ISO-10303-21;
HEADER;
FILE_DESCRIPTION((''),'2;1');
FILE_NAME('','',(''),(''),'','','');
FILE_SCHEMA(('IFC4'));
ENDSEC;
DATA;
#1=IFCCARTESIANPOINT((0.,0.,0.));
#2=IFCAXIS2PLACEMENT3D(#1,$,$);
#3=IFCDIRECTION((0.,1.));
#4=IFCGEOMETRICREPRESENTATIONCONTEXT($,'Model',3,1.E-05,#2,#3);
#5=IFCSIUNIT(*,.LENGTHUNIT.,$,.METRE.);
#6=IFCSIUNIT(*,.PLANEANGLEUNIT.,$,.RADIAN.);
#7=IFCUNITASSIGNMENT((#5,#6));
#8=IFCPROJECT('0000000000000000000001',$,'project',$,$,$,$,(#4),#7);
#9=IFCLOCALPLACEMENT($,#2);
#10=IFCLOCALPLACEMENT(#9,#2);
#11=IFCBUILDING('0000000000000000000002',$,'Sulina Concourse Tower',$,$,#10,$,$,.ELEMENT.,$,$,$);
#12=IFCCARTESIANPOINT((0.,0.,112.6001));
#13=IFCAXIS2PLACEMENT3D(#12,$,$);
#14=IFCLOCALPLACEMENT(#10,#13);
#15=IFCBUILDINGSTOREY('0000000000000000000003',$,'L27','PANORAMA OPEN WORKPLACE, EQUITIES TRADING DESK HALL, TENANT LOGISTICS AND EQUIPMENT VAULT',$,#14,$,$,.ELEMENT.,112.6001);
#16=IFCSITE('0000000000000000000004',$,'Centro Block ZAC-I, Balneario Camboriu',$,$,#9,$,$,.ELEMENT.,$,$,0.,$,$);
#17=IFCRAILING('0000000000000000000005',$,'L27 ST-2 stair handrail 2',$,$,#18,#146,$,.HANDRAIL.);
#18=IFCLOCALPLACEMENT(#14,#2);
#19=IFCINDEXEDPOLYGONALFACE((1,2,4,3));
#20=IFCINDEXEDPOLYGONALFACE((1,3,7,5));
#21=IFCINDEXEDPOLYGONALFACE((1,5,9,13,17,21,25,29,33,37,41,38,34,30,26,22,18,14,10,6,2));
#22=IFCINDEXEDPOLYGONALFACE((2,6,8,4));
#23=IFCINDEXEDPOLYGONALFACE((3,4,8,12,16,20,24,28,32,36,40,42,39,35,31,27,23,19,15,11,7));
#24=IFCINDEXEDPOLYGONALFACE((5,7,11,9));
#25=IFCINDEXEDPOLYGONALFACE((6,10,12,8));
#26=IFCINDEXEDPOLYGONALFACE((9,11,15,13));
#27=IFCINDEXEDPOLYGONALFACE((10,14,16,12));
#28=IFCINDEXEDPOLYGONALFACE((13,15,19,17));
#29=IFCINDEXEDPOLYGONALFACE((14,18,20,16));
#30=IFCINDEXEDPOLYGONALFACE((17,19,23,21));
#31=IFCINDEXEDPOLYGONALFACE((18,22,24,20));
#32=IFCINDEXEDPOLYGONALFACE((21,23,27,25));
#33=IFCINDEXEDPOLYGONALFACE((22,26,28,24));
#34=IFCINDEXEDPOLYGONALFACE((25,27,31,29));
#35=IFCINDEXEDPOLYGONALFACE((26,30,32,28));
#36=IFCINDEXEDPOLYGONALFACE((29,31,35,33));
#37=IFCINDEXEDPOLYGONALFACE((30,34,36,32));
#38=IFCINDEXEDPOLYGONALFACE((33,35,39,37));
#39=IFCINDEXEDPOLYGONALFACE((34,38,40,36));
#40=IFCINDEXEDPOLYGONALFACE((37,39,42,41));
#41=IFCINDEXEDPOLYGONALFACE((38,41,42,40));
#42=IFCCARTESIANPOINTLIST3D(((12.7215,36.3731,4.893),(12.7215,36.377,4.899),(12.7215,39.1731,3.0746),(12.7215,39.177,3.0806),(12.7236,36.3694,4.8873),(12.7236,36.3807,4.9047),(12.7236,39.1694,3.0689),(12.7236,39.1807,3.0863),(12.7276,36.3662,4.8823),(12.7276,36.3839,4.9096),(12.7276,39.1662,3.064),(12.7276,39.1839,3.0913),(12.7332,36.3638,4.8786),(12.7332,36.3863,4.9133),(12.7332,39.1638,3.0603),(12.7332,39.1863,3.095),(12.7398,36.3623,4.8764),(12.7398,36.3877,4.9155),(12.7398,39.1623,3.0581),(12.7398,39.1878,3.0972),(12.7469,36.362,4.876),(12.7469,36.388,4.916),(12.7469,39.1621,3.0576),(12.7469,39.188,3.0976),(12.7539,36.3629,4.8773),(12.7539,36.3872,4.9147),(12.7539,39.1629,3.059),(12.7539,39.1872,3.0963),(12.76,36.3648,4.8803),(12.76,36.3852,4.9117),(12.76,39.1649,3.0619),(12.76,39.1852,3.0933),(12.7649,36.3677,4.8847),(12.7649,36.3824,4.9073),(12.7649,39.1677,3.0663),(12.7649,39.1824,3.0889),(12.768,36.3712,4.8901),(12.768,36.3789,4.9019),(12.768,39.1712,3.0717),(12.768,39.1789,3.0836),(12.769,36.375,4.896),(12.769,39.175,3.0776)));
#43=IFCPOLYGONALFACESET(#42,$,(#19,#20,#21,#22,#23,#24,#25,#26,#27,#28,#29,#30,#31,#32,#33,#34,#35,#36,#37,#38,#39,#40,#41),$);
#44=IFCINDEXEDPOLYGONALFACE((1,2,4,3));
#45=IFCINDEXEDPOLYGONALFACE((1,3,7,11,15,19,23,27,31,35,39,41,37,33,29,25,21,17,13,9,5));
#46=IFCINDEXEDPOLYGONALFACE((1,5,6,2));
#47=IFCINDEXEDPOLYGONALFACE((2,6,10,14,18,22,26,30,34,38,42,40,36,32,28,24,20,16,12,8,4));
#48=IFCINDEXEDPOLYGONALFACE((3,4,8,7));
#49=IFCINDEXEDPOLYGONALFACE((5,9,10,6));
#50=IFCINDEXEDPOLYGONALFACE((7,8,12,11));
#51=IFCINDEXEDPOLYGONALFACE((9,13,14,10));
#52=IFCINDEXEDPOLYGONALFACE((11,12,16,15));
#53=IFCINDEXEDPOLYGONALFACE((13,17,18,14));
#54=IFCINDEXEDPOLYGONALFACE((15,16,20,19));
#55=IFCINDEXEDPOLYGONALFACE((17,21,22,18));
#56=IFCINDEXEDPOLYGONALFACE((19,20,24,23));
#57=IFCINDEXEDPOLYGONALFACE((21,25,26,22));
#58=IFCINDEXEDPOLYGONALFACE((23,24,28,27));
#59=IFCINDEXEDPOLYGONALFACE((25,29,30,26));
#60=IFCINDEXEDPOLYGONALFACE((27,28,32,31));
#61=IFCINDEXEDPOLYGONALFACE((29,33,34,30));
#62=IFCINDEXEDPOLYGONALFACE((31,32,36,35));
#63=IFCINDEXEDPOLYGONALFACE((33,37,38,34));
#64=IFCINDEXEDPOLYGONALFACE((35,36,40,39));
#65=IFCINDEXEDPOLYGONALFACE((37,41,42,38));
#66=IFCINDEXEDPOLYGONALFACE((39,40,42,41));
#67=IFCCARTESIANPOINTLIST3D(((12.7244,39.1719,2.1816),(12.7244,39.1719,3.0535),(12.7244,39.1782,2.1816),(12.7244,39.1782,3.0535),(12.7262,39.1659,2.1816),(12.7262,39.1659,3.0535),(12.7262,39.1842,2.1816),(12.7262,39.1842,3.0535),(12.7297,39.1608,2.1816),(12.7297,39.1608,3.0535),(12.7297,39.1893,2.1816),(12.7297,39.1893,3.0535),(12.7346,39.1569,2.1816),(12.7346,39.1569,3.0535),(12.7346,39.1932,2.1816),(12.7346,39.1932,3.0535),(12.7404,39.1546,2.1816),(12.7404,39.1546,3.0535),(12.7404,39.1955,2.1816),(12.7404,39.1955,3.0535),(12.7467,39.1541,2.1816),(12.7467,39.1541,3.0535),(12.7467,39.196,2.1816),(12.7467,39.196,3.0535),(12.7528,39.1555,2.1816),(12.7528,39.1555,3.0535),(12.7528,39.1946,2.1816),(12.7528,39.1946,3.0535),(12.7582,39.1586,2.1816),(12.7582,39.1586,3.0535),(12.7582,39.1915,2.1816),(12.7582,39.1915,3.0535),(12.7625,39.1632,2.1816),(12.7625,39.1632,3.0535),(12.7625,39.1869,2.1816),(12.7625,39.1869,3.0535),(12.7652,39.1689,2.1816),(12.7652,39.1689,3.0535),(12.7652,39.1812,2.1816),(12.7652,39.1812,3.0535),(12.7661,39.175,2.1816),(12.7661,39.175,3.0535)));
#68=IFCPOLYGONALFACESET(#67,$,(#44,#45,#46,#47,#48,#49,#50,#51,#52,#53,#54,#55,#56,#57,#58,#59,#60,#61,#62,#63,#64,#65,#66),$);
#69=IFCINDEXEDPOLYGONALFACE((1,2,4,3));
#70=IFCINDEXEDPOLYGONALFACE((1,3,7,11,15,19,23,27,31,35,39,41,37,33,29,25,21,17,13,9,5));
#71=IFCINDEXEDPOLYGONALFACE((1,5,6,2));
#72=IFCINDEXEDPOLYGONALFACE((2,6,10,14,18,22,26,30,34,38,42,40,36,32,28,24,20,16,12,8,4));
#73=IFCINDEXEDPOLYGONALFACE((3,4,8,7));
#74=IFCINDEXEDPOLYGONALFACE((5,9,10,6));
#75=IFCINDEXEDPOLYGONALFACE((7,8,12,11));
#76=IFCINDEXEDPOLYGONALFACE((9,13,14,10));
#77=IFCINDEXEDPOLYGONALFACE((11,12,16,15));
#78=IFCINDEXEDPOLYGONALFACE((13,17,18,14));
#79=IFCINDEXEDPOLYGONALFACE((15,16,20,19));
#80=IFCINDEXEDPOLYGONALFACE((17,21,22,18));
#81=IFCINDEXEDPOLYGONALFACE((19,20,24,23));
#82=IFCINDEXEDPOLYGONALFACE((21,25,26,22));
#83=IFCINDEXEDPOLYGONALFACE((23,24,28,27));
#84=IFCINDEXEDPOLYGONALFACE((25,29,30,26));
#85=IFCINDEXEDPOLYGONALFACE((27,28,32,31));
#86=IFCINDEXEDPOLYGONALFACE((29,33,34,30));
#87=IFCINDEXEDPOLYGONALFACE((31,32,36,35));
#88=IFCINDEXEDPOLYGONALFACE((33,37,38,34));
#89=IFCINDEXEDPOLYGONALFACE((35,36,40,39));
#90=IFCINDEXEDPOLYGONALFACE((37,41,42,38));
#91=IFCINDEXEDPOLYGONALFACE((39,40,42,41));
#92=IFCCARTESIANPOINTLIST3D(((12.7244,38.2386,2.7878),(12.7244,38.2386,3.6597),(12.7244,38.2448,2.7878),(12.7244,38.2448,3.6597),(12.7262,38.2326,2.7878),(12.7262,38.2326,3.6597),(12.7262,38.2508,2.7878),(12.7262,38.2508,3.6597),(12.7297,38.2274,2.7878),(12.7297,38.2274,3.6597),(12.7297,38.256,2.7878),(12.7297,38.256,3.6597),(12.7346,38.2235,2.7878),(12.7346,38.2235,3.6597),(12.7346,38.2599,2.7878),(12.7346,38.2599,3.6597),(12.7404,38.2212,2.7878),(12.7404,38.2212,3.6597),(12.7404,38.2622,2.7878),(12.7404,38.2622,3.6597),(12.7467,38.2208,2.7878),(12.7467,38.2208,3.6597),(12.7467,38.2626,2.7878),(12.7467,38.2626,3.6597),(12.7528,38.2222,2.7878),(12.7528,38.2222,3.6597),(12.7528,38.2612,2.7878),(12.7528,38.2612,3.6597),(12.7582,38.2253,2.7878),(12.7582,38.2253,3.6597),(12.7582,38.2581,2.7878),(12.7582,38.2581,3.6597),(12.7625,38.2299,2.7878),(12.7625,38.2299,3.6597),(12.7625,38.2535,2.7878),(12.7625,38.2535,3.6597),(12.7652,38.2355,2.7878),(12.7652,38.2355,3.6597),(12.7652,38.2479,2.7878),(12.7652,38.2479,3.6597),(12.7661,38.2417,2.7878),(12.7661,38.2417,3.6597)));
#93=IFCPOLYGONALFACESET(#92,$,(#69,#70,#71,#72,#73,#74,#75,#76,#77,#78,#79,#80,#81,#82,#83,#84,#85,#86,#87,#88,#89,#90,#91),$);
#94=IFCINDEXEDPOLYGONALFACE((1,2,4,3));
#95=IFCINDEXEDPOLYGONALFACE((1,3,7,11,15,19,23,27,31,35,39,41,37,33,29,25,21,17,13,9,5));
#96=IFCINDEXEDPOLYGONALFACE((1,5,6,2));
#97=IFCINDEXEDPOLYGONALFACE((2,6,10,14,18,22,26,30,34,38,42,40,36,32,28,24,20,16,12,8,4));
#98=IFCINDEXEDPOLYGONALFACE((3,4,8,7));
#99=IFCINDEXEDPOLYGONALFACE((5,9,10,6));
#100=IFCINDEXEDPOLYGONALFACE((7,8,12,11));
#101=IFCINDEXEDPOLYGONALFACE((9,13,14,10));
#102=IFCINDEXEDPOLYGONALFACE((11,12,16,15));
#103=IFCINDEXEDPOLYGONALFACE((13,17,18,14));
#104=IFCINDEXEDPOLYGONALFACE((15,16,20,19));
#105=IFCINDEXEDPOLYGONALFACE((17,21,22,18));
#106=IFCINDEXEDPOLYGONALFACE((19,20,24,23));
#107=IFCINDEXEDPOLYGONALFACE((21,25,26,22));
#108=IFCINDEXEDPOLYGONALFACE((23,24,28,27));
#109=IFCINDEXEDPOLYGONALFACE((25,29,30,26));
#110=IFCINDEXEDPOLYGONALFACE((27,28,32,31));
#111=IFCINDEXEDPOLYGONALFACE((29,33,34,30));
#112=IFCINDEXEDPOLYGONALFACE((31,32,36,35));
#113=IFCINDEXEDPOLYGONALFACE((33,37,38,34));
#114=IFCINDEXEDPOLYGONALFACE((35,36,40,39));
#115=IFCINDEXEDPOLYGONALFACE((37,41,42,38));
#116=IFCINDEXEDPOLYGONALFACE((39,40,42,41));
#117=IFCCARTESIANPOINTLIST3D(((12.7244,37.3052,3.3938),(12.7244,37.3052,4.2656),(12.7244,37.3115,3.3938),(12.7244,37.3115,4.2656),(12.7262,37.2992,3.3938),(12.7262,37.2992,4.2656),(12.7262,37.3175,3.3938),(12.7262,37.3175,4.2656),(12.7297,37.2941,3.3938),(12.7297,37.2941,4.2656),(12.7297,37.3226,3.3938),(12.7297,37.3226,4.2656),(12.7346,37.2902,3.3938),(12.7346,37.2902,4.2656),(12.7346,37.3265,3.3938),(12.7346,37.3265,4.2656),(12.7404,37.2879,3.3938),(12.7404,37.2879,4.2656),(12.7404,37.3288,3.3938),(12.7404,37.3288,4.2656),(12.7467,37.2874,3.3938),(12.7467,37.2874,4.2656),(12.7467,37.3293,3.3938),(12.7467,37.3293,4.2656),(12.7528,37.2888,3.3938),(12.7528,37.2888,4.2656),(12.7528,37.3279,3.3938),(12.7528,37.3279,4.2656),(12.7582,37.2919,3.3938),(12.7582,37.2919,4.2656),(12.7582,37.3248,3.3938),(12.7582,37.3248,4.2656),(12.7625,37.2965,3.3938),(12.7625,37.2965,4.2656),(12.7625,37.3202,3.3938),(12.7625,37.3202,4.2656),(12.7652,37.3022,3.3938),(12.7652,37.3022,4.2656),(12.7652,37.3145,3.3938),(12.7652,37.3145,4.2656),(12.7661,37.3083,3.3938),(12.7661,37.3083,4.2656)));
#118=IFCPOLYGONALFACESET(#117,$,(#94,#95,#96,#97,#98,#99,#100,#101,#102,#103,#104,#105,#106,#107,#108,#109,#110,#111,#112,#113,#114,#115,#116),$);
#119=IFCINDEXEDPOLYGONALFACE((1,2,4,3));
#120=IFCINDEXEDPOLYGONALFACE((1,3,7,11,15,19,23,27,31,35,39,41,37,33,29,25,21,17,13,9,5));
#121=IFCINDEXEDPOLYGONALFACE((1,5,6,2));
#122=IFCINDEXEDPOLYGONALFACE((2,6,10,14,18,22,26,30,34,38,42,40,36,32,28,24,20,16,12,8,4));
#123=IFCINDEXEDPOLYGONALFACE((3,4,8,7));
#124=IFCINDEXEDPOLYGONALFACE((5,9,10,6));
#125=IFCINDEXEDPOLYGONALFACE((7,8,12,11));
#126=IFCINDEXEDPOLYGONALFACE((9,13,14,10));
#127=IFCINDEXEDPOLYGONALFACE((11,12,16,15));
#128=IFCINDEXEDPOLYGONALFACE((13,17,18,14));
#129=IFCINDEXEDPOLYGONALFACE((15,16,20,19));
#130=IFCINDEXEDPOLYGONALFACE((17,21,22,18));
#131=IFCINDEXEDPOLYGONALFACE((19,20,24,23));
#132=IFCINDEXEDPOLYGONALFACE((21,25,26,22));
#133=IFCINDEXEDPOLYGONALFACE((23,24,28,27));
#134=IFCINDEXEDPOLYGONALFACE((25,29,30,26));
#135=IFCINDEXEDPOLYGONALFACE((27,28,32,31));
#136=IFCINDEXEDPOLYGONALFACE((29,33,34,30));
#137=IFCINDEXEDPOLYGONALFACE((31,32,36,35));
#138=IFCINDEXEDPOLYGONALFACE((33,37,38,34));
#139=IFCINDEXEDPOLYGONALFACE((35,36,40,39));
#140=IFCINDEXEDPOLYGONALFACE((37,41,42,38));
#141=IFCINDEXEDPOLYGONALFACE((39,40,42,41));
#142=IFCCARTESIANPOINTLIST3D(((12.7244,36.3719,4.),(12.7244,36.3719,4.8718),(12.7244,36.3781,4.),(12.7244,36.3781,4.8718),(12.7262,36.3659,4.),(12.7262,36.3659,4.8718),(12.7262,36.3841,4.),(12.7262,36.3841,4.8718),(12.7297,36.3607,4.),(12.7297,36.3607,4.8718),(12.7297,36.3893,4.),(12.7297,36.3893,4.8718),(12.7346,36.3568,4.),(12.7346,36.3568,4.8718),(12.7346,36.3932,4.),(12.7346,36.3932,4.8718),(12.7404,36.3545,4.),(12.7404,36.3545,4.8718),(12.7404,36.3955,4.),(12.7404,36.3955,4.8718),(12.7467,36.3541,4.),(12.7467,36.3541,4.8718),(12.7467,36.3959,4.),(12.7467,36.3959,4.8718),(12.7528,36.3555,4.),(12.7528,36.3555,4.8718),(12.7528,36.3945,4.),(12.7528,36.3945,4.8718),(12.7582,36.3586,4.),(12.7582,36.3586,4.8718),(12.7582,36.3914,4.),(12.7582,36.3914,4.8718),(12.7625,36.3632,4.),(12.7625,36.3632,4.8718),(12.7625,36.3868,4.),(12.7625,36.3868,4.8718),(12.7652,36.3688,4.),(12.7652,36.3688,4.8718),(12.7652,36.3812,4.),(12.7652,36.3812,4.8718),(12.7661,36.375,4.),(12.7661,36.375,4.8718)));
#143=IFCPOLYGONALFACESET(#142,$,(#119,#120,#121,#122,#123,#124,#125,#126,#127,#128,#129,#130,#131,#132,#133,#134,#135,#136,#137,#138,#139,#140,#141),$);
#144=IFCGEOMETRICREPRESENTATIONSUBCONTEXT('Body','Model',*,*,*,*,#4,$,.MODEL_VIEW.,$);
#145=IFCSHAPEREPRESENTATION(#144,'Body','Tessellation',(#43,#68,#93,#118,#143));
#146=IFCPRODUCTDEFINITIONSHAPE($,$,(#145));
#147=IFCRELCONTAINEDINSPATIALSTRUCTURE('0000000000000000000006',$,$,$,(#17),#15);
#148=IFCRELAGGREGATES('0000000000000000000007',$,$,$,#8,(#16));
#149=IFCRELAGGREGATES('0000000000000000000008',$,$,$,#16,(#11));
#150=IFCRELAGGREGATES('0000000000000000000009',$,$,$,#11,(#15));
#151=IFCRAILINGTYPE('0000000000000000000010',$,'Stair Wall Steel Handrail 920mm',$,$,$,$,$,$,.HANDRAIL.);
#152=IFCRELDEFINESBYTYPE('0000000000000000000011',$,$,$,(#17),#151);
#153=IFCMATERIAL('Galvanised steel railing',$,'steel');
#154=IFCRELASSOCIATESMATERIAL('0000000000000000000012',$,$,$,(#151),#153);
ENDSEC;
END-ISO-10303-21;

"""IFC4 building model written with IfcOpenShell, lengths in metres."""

from ifc_helpers import new_model, si_unit, direction, frame, origin, origin_2d, place, context, subcontext, project, spatial, circle, extrude, material, type_object, element, save


model = new_model("IFC4")

# Units and contexts
model_context = context("Model", 3, precision=1e-05, world=origin(), true_north=direction((0.0, 1.0)))
body_context = subcontext(model_context, "Body", "Model", "MODEL_VIEW")
ifc_project = project(units=[si_unit("LENGTHUNIT", "METRE"), si_unit("PLANEANGLEUNIT", "RADIAN")], contexts=[model_context])

# Site, building, storey
site_placement = place(None, origin())
site = spatial("IfcSite", under=ifc_project, at=site_placement, Name="Centro Block ZAC-I, Balneario Camboriu", CompositionType="ELEMENT", RefElevation=0.0)
building_placement = place(site_placement, origin())
building = spatial("IfcBuilding", under=site, at=building_placement, Name="Sulina Concourse Tower", CompositionType="ELEMENT")
storey_placement = place(building_placement, frame((0.0, 0.0, 112.6001)))
storey = spatial("IfcBuildingStorey", under=building, at=storey_placement, Name="L27", Description="PANORAMA OPEN WORKPLACE, EQUITIES TRADING DESK HALL, TENANT LOGISTICS AND EQUIPMENT VAULT", CompositionType="ELEMENT", Elevation=112.6001)

# Railing
ifc_material_1 = material(Name="Galvanised steel railing", Category="steel")
railing_type_1 = type_object("IfcRailingType", Name="Stair Wall Steel Handrail 920mm", PredefinedType="HANDRAIL", material=ifc_material_1)
railing_1_placement = place(storey_placement, frame((12.7451, 39.175, 2.1816)))
element("IfcRailing", 1, at=railing_1_placement, inside=storey, type_object=railing_type_1, Name="L27 ST-2 stair handrail 2", PredefinedType="HANDRAIL", context=body_context, shape_type="SweptSolid", body=[
    extrude(circle(Radius=0.0239, at=origin_2d()), frame((0.0, 0.0, 0.896), z_axis=(0.0, -0.838672, 0.544636), x_axis=(1.0, 0.0, 0.0)), (0.0, 0.0, 1.0), 3.3386),
    extrude(circle(Radius=0.021, at=origin_2d()), origin(), (0.0, 0.0, 1.0), 0.8718),
    extrude(circle(Radius=0.021, at=origin_2d()), frame((0.0, -0.9333, 0.6062)), (0.0, 0.0, 1.0), 0.8718),
    extrude(circle(Radius=0.021, at=origin_2d()), frame((0.0, -1.8667, 1.2122)), (0.0, 0.0, 1.0), 0.8718),
    extrude(circle(Radius=0.021, at=origin_2d()), frame((0.0, -2.8, 1.8184)), (0.0, 0.0, 1.0), 0.8718),
])

save(model, "model.ifc")
